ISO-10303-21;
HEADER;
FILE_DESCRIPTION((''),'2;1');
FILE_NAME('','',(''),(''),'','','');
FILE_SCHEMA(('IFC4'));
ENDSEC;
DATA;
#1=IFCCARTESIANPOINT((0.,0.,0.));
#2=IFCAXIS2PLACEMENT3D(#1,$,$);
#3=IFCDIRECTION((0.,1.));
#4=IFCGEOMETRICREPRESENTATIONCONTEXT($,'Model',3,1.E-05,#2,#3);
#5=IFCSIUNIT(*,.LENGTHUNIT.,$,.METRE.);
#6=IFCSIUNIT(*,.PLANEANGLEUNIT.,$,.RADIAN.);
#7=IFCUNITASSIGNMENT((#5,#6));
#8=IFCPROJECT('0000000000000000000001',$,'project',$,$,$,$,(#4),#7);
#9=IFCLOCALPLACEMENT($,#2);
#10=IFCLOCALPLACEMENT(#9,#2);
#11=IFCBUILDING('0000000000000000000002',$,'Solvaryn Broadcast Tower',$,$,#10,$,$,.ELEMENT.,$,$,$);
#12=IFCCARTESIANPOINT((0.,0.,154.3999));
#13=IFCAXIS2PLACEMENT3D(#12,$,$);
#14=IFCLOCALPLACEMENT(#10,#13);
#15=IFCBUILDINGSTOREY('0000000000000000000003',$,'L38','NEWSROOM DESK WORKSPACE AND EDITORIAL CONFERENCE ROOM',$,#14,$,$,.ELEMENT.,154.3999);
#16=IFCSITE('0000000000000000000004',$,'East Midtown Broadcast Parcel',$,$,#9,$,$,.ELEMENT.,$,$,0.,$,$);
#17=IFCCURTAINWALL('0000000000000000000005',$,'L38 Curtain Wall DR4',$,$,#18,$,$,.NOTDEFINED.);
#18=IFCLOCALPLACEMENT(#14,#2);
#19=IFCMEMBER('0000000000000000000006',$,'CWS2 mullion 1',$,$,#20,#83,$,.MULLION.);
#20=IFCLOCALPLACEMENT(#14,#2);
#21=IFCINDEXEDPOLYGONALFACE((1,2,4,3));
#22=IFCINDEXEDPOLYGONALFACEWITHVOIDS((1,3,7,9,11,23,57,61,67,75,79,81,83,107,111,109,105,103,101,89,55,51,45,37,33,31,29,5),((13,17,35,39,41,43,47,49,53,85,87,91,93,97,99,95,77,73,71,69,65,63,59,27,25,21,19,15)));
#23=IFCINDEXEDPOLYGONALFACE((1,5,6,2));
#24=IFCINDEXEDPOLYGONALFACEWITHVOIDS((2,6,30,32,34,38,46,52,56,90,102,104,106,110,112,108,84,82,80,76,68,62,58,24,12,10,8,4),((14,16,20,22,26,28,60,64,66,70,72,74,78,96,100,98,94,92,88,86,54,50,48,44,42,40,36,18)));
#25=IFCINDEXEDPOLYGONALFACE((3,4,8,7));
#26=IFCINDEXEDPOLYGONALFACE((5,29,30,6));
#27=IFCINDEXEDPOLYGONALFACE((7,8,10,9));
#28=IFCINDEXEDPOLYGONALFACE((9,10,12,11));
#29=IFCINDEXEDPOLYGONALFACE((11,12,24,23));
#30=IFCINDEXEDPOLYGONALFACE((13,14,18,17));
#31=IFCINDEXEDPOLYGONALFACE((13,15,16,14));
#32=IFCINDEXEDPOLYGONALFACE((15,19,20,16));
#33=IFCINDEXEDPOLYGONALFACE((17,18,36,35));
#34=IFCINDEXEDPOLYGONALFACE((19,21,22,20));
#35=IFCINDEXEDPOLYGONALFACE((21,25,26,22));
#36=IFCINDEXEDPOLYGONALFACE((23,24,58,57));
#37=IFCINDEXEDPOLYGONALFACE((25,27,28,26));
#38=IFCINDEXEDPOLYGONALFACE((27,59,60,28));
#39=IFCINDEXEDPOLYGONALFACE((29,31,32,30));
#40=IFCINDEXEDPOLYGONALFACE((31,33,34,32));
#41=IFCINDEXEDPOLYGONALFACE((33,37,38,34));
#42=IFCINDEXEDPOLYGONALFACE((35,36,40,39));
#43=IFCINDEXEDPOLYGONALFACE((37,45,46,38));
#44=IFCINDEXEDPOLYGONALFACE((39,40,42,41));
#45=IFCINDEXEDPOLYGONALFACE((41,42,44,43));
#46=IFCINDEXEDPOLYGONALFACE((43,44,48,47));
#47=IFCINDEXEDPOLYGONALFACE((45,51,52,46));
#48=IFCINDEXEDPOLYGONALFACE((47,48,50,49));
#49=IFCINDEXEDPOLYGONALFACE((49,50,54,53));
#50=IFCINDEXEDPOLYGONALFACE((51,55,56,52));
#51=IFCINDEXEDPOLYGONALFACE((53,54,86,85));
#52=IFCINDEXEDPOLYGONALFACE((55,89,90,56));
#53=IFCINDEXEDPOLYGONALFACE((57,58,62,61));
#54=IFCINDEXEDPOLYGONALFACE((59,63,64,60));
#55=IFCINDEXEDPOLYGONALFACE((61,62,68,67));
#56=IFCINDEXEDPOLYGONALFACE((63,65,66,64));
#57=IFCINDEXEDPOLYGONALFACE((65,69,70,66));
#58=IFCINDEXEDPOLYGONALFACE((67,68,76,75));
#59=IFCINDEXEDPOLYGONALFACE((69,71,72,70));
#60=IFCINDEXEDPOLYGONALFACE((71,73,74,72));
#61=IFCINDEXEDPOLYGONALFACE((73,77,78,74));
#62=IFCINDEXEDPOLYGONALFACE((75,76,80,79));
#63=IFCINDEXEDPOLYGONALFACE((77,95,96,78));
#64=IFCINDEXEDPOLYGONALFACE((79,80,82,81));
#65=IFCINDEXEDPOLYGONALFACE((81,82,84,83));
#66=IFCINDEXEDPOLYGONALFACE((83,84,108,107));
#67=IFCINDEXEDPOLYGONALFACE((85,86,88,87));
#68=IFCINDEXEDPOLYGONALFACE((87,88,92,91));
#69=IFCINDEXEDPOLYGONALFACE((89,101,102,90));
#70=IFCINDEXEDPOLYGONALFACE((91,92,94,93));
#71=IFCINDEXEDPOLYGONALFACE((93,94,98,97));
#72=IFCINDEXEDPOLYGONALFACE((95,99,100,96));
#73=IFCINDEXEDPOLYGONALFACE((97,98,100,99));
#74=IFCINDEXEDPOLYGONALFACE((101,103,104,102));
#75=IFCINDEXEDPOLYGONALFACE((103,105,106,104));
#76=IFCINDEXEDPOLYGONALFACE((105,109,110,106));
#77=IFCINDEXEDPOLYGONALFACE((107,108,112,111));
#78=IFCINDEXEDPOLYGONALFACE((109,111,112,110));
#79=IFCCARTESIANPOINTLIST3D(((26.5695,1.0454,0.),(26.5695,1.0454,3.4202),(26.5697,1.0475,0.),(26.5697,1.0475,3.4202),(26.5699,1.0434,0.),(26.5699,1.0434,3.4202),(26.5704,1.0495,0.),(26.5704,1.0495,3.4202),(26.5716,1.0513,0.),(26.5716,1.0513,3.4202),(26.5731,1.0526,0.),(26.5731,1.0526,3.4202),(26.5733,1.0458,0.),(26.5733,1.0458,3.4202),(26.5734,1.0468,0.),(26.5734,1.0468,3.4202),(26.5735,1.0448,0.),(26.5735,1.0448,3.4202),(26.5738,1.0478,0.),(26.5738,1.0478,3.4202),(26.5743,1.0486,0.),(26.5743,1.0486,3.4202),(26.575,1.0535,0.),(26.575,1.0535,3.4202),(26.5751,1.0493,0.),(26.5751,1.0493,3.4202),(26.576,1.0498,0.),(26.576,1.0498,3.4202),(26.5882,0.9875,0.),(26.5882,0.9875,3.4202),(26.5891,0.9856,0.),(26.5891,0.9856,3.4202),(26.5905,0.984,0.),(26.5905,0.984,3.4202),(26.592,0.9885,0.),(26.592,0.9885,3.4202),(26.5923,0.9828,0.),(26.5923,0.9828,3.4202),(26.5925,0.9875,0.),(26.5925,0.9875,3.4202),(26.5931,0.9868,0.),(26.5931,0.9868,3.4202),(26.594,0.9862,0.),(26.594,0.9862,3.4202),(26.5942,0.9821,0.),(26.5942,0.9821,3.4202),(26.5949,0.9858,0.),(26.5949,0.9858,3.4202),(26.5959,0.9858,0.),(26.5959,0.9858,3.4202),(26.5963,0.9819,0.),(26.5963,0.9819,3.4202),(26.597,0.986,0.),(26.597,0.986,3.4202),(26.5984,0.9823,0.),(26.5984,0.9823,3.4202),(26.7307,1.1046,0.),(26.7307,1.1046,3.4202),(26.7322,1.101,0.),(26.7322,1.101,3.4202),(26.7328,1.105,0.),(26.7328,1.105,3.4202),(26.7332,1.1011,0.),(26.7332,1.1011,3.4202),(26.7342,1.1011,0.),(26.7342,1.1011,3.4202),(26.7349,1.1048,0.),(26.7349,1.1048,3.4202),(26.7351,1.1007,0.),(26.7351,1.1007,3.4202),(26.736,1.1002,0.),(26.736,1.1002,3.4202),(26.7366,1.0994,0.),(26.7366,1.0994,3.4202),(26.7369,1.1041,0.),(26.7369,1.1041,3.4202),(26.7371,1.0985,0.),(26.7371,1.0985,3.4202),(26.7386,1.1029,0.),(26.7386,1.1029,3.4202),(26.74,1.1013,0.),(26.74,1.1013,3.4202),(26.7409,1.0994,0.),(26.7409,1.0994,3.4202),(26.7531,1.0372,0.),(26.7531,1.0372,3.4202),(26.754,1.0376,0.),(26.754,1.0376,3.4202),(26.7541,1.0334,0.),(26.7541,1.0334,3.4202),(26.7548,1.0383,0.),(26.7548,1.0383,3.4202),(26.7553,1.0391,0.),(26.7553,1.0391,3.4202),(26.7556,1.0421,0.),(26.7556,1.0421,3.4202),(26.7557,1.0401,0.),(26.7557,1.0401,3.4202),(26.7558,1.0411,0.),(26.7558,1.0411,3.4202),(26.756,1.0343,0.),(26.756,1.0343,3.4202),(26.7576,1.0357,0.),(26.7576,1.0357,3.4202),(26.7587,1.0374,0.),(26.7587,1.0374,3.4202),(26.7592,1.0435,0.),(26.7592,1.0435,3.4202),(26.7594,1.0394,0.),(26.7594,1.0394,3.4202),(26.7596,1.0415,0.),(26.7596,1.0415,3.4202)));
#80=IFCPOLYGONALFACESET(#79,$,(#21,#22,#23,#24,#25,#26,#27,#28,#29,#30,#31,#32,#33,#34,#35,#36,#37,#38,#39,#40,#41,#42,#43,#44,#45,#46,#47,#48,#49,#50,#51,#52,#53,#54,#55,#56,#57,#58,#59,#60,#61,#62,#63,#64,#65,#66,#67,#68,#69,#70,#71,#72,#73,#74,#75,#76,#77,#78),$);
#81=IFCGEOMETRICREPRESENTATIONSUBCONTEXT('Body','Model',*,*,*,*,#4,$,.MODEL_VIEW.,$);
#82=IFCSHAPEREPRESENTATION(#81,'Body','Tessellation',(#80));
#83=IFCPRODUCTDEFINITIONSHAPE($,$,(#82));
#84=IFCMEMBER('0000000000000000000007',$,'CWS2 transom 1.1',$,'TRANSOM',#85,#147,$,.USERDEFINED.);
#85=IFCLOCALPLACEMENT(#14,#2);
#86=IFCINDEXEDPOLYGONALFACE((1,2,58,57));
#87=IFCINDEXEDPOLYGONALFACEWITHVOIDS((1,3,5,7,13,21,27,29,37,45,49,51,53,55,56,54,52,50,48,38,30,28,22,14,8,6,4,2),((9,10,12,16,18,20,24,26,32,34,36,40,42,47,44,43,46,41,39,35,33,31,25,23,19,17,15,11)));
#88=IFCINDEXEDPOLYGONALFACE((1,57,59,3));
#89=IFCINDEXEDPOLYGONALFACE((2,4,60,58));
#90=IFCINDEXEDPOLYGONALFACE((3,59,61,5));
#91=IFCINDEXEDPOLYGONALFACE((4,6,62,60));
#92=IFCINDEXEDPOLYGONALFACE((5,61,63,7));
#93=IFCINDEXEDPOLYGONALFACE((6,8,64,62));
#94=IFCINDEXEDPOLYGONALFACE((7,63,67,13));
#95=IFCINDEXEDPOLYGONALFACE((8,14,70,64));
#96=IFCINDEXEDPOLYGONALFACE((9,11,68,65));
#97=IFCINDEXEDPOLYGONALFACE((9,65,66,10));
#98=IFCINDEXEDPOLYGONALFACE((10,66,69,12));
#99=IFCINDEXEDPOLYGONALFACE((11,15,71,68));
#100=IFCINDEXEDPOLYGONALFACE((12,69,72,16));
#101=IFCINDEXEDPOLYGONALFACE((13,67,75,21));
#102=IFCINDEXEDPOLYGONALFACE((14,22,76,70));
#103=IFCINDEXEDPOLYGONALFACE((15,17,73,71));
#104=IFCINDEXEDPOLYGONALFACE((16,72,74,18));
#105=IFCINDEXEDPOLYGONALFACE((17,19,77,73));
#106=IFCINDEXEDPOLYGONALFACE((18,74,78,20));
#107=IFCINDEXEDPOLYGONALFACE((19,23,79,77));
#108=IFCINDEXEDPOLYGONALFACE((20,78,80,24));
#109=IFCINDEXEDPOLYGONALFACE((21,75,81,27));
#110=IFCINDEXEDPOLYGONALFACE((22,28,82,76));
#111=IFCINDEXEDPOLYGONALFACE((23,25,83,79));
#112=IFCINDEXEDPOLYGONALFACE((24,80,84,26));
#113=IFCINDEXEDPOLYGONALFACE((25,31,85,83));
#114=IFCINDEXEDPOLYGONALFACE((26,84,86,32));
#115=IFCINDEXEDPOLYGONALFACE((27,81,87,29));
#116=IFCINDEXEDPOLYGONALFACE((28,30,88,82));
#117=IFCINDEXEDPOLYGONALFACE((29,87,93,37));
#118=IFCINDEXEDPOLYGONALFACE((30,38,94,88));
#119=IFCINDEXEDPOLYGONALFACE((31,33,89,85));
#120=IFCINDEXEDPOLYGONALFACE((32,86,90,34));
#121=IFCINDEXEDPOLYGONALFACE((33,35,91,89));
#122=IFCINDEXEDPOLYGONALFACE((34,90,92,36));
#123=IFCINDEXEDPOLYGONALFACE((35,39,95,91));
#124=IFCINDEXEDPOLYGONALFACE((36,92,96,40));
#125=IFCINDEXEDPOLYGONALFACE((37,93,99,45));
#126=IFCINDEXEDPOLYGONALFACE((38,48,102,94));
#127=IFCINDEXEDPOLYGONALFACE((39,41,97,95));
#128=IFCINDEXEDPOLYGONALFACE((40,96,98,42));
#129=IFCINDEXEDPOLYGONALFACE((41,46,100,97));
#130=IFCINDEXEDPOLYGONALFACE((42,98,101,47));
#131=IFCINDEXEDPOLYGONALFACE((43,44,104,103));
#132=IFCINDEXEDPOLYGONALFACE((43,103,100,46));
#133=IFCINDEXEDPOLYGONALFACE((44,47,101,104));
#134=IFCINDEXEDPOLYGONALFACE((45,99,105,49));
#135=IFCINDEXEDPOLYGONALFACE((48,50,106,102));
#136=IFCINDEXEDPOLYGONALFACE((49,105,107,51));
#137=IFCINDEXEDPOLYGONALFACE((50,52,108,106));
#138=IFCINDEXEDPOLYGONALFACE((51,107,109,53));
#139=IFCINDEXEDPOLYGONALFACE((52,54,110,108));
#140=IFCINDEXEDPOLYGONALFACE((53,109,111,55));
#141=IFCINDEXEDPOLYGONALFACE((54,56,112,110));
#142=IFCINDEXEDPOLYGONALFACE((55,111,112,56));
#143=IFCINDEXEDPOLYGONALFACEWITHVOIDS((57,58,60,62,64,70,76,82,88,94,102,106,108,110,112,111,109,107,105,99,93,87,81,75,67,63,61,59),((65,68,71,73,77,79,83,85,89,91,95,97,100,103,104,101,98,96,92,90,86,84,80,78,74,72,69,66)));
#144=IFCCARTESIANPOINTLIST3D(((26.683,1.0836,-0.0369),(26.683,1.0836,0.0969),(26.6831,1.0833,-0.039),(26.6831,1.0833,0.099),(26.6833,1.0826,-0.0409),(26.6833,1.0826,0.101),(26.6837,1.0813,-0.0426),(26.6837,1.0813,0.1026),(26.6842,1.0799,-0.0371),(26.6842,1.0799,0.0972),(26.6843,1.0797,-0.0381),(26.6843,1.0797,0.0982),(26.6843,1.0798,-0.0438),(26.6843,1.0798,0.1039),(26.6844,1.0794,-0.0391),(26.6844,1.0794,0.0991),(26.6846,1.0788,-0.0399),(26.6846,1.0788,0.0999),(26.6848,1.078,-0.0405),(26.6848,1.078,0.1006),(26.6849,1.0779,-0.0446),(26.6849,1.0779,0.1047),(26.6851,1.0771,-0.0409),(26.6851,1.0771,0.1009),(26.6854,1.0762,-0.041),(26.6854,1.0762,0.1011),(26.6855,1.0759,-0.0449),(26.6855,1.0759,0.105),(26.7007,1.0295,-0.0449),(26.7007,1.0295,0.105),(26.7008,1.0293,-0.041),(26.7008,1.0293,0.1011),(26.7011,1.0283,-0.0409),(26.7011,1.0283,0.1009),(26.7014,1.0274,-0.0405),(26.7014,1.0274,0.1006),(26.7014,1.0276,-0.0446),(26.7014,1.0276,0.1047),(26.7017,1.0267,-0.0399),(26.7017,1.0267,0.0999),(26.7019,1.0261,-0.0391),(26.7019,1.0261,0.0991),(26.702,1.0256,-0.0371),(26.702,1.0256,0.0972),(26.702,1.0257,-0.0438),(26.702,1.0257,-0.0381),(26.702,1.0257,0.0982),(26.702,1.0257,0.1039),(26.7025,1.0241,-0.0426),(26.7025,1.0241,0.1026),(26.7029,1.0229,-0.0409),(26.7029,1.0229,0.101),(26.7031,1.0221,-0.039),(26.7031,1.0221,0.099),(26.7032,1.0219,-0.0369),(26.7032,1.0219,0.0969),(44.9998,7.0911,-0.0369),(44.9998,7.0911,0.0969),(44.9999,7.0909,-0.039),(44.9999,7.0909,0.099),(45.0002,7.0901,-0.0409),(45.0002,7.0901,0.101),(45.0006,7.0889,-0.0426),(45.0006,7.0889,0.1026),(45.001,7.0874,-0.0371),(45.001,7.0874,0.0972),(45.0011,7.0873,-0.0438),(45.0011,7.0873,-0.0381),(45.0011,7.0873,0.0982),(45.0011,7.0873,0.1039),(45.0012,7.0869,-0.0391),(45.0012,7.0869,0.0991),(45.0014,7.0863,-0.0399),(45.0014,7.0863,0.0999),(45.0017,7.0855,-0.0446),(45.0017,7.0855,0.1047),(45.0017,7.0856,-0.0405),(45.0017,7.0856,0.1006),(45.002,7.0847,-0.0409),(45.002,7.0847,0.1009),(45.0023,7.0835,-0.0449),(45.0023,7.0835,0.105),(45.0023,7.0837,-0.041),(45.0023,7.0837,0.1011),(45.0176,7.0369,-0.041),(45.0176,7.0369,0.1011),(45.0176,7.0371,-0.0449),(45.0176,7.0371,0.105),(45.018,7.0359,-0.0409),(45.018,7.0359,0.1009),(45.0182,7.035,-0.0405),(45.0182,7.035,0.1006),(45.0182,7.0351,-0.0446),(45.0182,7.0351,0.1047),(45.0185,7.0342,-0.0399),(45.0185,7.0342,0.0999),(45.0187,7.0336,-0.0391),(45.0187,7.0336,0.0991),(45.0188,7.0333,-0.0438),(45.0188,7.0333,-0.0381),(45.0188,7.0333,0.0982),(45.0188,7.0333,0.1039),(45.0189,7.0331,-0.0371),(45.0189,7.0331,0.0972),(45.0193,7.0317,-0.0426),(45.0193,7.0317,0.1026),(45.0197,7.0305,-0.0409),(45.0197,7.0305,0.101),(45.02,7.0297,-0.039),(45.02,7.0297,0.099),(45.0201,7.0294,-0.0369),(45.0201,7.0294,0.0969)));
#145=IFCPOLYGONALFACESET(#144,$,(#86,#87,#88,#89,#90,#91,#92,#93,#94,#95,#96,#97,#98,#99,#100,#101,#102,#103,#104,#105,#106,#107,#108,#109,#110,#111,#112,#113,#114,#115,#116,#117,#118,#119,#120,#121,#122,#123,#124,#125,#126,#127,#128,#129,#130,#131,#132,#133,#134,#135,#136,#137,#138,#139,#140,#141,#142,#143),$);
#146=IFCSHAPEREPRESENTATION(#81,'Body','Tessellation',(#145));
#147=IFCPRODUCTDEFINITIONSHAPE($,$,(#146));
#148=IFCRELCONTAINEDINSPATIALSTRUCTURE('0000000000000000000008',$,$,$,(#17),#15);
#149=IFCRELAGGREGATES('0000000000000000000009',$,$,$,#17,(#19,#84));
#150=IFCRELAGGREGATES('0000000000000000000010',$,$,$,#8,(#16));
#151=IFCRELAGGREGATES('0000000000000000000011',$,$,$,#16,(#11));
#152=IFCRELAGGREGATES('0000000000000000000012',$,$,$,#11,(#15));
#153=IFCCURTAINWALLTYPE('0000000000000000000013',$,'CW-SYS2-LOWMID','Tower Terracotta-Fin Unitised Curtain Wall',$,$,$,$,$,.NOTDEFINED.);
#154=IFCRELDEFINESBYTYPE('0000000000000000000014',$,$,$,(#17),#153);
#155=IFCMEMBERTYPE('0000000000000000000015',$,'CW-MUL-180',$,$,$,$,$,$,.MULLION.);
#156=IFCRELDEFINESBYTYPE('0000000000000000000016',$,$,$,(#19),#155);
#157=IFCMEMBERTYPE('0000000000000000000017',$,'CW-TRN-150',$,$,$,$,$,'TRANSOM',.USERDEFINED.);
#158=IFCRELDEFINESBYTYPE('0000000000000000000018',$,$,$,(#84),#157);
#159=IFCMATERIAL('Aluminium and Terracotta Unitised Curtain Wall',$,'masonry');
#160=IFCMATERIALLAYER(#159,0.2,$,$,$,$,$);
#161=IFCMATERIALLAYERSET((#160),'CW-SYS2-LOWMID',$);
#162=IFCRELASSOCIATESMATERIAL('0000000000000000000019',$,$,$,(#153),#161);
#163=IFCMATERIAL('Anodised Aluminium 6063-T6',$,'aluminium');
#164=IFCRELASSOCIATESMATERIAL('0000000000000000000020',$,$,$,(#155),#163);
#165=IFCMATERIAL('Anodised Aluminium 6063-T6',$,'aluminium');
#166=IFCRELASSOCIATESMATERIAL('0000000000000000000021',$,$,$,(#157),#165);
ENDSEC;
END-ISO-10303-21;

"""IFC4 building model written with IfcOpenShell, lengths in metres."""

from ifc_helpers import new_model, si_unit, direction, frame, origin, origin_2d, place, context, subcontext, project, spatial, hollow_rectangle, extrude, material, layer, layer_set, material_profile, profile_set, type_object, element, aggregate, save


model = new_model("IFC4")

# Units and contexts
model_context = context("Model", 3, precision=1e-05, world=origin(), true_north=direction((0.0, 1.0)))
body_context = subcontext(model_context, "Body", "Model", "MODEL_VIEW")
ifc_project = project(units=[si_unit("LENGTHUNIT", "METRE"), si_unit("PLANEANGLEUNIT", "RADIAN")], contexts=[model_context])

# Site, building, storey
site_placement = place(None, origin())
site = spatial("IfcSite", under=ifc_project, at=site_placement, Name="East Midtown Broadcast Parcel", CompositionType="ELEMENT", RefElevation=0.0)
building_placement = place(site_placement, origin())
building = spatial("IfcBuilding", under=site, at=building_placement, Name="Solvaryn Broadcast Tower", CompositionType="ELEMENT")
storey_placement = place(building_placement, frame((0.0, 0.0, 154.3999)))
storey = spatial("IfcBuildingStorey", under=building, at=storey_placement, Name="L38", Description="NEWSROOM DESK WORKSPACE AND EDITORIAL CONFERENCE ROOM", CompositionType="ELEMENT", Elevation=154.3999)

# Shared definitions
ifc_material_1 = material(Name="Aluminium and Terracotta Unitised Curtain Wall", Category="masonry")
ifc_layer_1 = layer(ifc_material_1, 0.2)
ifc_layer_set_1 = layer_set([ifc_layer_1], Name="CW-SYS2-LOWMID")
curtain_wall_type = type_object("IfcCurtainWallType", Name="CW-SYS2-LOWMID", Description="Tower Terracotta-Fin Unitised Curtain Wall", PredefinedType="NOTDEFINED", material=ifc_layer_set_1)
ifc_material_2 = material(Name="Anodised Aluminium 6063-T6", Category="aluminium")
ifc_material_profile_1 = material_profile(ifc_material_2, hollow_rectangle(XDim=0.075, YDim=0.1799, WallThickness=0.0039, InnerFilletRadius=0.0039, OuterFilletRadius=0.0081, at=origin_2d()))
ifc_profile_set_1 = profile_set([ifc_material_profile_1], Name="Anodised Aluminium 6063-T6")
member_type_1 = type_object("IfcMemberType", Name="CW-MUL-180", PredefinedType="MULLION", material=ifc_profile_set_1)

# Curtain wall, members
curtain_wall_1_placement = place(storey_placement, origin())
curtain_wall_1 = element("IfcCurtainWall", 1, at=curtain_wall_1_placement, inside=storey, type_object=curtain_wall_type, Name="L38 Curtain Wall DR4", PredefinedType="NOTDEFINED")
member_1_placement = place(storey_placement, frame((26.6646, 1.0435, 0.0), z_axis=(0.0, 0.0, 1.0), x_axis=(-0.311646, 0.950198, 0.0)))
member_1 = element("IfcMember", 2, at=member_1_placement, type_object=member_type_1, Name="CWS2 mullion 1", PredefinedType="MULLION", context=body_context, shape_type="SweptSolid", body=[
    extrude(hollow_rectangle(XDim=0.075, YDim=0.1799, WallThickness=0.0039, InnerFilletRadius=0.0039, OuterFilletRadius=0.0081, at=origin_2d()), origin(), (0.0, 0.0, 1.0), 3.4202),
])
ifc_material_3 = material(Name="Anodised Aluminium 6063-T6", Category="aluminium")
ifc_material_profile_2 = material_profile(ifc_material_3, hollow_rectangle(XDim=0.0649, YDim=0.1499, WallThickness=0.0039, InnerFilletRadius=0.0039, OuterFilletRadius=0.0081, at=origin_2d()))
ifc_profile_set_2 = profile_set([ifc_material_profile_2], Name="Anodised Aluminium 6063-T6")
member_type_2 = type_object("IfcMemberType", Name="CW-TRN-150", ElementType="TRANSOM", PredefinedType="USERDEFINED", material=ifc_profile_set_2)
member_2_placement = place(storey_placement, frame((26.6931, 1.0527, 0.03), z_axis=(0.950198, 0.311646, 0.0), x_axis=(-0.311646, 0.950198, 0.0)))
member_2 = element("IfcMember", 3, at=member_2_placement, type_object=member_type_2, Name="CWS2 transom 1.1", ObjectType="TRANSOM", PredefinedType="USERDEFINED", context=body_context, shape_type="SweptSolid", body=[
    extrude(hollow_rectangle(XDim=0.0649, YDim=0.1499, WallThickness=0.0039, InnerFilletRadius=0.0039, OuterFilletRadius=0.0081, at=origin_2d()), origin(), (0.0, 0.0, 1.0), 19.2769),
])
aggregate(curtain_wall_1, [member_1, member_2])

save(model, "model.ifc")
